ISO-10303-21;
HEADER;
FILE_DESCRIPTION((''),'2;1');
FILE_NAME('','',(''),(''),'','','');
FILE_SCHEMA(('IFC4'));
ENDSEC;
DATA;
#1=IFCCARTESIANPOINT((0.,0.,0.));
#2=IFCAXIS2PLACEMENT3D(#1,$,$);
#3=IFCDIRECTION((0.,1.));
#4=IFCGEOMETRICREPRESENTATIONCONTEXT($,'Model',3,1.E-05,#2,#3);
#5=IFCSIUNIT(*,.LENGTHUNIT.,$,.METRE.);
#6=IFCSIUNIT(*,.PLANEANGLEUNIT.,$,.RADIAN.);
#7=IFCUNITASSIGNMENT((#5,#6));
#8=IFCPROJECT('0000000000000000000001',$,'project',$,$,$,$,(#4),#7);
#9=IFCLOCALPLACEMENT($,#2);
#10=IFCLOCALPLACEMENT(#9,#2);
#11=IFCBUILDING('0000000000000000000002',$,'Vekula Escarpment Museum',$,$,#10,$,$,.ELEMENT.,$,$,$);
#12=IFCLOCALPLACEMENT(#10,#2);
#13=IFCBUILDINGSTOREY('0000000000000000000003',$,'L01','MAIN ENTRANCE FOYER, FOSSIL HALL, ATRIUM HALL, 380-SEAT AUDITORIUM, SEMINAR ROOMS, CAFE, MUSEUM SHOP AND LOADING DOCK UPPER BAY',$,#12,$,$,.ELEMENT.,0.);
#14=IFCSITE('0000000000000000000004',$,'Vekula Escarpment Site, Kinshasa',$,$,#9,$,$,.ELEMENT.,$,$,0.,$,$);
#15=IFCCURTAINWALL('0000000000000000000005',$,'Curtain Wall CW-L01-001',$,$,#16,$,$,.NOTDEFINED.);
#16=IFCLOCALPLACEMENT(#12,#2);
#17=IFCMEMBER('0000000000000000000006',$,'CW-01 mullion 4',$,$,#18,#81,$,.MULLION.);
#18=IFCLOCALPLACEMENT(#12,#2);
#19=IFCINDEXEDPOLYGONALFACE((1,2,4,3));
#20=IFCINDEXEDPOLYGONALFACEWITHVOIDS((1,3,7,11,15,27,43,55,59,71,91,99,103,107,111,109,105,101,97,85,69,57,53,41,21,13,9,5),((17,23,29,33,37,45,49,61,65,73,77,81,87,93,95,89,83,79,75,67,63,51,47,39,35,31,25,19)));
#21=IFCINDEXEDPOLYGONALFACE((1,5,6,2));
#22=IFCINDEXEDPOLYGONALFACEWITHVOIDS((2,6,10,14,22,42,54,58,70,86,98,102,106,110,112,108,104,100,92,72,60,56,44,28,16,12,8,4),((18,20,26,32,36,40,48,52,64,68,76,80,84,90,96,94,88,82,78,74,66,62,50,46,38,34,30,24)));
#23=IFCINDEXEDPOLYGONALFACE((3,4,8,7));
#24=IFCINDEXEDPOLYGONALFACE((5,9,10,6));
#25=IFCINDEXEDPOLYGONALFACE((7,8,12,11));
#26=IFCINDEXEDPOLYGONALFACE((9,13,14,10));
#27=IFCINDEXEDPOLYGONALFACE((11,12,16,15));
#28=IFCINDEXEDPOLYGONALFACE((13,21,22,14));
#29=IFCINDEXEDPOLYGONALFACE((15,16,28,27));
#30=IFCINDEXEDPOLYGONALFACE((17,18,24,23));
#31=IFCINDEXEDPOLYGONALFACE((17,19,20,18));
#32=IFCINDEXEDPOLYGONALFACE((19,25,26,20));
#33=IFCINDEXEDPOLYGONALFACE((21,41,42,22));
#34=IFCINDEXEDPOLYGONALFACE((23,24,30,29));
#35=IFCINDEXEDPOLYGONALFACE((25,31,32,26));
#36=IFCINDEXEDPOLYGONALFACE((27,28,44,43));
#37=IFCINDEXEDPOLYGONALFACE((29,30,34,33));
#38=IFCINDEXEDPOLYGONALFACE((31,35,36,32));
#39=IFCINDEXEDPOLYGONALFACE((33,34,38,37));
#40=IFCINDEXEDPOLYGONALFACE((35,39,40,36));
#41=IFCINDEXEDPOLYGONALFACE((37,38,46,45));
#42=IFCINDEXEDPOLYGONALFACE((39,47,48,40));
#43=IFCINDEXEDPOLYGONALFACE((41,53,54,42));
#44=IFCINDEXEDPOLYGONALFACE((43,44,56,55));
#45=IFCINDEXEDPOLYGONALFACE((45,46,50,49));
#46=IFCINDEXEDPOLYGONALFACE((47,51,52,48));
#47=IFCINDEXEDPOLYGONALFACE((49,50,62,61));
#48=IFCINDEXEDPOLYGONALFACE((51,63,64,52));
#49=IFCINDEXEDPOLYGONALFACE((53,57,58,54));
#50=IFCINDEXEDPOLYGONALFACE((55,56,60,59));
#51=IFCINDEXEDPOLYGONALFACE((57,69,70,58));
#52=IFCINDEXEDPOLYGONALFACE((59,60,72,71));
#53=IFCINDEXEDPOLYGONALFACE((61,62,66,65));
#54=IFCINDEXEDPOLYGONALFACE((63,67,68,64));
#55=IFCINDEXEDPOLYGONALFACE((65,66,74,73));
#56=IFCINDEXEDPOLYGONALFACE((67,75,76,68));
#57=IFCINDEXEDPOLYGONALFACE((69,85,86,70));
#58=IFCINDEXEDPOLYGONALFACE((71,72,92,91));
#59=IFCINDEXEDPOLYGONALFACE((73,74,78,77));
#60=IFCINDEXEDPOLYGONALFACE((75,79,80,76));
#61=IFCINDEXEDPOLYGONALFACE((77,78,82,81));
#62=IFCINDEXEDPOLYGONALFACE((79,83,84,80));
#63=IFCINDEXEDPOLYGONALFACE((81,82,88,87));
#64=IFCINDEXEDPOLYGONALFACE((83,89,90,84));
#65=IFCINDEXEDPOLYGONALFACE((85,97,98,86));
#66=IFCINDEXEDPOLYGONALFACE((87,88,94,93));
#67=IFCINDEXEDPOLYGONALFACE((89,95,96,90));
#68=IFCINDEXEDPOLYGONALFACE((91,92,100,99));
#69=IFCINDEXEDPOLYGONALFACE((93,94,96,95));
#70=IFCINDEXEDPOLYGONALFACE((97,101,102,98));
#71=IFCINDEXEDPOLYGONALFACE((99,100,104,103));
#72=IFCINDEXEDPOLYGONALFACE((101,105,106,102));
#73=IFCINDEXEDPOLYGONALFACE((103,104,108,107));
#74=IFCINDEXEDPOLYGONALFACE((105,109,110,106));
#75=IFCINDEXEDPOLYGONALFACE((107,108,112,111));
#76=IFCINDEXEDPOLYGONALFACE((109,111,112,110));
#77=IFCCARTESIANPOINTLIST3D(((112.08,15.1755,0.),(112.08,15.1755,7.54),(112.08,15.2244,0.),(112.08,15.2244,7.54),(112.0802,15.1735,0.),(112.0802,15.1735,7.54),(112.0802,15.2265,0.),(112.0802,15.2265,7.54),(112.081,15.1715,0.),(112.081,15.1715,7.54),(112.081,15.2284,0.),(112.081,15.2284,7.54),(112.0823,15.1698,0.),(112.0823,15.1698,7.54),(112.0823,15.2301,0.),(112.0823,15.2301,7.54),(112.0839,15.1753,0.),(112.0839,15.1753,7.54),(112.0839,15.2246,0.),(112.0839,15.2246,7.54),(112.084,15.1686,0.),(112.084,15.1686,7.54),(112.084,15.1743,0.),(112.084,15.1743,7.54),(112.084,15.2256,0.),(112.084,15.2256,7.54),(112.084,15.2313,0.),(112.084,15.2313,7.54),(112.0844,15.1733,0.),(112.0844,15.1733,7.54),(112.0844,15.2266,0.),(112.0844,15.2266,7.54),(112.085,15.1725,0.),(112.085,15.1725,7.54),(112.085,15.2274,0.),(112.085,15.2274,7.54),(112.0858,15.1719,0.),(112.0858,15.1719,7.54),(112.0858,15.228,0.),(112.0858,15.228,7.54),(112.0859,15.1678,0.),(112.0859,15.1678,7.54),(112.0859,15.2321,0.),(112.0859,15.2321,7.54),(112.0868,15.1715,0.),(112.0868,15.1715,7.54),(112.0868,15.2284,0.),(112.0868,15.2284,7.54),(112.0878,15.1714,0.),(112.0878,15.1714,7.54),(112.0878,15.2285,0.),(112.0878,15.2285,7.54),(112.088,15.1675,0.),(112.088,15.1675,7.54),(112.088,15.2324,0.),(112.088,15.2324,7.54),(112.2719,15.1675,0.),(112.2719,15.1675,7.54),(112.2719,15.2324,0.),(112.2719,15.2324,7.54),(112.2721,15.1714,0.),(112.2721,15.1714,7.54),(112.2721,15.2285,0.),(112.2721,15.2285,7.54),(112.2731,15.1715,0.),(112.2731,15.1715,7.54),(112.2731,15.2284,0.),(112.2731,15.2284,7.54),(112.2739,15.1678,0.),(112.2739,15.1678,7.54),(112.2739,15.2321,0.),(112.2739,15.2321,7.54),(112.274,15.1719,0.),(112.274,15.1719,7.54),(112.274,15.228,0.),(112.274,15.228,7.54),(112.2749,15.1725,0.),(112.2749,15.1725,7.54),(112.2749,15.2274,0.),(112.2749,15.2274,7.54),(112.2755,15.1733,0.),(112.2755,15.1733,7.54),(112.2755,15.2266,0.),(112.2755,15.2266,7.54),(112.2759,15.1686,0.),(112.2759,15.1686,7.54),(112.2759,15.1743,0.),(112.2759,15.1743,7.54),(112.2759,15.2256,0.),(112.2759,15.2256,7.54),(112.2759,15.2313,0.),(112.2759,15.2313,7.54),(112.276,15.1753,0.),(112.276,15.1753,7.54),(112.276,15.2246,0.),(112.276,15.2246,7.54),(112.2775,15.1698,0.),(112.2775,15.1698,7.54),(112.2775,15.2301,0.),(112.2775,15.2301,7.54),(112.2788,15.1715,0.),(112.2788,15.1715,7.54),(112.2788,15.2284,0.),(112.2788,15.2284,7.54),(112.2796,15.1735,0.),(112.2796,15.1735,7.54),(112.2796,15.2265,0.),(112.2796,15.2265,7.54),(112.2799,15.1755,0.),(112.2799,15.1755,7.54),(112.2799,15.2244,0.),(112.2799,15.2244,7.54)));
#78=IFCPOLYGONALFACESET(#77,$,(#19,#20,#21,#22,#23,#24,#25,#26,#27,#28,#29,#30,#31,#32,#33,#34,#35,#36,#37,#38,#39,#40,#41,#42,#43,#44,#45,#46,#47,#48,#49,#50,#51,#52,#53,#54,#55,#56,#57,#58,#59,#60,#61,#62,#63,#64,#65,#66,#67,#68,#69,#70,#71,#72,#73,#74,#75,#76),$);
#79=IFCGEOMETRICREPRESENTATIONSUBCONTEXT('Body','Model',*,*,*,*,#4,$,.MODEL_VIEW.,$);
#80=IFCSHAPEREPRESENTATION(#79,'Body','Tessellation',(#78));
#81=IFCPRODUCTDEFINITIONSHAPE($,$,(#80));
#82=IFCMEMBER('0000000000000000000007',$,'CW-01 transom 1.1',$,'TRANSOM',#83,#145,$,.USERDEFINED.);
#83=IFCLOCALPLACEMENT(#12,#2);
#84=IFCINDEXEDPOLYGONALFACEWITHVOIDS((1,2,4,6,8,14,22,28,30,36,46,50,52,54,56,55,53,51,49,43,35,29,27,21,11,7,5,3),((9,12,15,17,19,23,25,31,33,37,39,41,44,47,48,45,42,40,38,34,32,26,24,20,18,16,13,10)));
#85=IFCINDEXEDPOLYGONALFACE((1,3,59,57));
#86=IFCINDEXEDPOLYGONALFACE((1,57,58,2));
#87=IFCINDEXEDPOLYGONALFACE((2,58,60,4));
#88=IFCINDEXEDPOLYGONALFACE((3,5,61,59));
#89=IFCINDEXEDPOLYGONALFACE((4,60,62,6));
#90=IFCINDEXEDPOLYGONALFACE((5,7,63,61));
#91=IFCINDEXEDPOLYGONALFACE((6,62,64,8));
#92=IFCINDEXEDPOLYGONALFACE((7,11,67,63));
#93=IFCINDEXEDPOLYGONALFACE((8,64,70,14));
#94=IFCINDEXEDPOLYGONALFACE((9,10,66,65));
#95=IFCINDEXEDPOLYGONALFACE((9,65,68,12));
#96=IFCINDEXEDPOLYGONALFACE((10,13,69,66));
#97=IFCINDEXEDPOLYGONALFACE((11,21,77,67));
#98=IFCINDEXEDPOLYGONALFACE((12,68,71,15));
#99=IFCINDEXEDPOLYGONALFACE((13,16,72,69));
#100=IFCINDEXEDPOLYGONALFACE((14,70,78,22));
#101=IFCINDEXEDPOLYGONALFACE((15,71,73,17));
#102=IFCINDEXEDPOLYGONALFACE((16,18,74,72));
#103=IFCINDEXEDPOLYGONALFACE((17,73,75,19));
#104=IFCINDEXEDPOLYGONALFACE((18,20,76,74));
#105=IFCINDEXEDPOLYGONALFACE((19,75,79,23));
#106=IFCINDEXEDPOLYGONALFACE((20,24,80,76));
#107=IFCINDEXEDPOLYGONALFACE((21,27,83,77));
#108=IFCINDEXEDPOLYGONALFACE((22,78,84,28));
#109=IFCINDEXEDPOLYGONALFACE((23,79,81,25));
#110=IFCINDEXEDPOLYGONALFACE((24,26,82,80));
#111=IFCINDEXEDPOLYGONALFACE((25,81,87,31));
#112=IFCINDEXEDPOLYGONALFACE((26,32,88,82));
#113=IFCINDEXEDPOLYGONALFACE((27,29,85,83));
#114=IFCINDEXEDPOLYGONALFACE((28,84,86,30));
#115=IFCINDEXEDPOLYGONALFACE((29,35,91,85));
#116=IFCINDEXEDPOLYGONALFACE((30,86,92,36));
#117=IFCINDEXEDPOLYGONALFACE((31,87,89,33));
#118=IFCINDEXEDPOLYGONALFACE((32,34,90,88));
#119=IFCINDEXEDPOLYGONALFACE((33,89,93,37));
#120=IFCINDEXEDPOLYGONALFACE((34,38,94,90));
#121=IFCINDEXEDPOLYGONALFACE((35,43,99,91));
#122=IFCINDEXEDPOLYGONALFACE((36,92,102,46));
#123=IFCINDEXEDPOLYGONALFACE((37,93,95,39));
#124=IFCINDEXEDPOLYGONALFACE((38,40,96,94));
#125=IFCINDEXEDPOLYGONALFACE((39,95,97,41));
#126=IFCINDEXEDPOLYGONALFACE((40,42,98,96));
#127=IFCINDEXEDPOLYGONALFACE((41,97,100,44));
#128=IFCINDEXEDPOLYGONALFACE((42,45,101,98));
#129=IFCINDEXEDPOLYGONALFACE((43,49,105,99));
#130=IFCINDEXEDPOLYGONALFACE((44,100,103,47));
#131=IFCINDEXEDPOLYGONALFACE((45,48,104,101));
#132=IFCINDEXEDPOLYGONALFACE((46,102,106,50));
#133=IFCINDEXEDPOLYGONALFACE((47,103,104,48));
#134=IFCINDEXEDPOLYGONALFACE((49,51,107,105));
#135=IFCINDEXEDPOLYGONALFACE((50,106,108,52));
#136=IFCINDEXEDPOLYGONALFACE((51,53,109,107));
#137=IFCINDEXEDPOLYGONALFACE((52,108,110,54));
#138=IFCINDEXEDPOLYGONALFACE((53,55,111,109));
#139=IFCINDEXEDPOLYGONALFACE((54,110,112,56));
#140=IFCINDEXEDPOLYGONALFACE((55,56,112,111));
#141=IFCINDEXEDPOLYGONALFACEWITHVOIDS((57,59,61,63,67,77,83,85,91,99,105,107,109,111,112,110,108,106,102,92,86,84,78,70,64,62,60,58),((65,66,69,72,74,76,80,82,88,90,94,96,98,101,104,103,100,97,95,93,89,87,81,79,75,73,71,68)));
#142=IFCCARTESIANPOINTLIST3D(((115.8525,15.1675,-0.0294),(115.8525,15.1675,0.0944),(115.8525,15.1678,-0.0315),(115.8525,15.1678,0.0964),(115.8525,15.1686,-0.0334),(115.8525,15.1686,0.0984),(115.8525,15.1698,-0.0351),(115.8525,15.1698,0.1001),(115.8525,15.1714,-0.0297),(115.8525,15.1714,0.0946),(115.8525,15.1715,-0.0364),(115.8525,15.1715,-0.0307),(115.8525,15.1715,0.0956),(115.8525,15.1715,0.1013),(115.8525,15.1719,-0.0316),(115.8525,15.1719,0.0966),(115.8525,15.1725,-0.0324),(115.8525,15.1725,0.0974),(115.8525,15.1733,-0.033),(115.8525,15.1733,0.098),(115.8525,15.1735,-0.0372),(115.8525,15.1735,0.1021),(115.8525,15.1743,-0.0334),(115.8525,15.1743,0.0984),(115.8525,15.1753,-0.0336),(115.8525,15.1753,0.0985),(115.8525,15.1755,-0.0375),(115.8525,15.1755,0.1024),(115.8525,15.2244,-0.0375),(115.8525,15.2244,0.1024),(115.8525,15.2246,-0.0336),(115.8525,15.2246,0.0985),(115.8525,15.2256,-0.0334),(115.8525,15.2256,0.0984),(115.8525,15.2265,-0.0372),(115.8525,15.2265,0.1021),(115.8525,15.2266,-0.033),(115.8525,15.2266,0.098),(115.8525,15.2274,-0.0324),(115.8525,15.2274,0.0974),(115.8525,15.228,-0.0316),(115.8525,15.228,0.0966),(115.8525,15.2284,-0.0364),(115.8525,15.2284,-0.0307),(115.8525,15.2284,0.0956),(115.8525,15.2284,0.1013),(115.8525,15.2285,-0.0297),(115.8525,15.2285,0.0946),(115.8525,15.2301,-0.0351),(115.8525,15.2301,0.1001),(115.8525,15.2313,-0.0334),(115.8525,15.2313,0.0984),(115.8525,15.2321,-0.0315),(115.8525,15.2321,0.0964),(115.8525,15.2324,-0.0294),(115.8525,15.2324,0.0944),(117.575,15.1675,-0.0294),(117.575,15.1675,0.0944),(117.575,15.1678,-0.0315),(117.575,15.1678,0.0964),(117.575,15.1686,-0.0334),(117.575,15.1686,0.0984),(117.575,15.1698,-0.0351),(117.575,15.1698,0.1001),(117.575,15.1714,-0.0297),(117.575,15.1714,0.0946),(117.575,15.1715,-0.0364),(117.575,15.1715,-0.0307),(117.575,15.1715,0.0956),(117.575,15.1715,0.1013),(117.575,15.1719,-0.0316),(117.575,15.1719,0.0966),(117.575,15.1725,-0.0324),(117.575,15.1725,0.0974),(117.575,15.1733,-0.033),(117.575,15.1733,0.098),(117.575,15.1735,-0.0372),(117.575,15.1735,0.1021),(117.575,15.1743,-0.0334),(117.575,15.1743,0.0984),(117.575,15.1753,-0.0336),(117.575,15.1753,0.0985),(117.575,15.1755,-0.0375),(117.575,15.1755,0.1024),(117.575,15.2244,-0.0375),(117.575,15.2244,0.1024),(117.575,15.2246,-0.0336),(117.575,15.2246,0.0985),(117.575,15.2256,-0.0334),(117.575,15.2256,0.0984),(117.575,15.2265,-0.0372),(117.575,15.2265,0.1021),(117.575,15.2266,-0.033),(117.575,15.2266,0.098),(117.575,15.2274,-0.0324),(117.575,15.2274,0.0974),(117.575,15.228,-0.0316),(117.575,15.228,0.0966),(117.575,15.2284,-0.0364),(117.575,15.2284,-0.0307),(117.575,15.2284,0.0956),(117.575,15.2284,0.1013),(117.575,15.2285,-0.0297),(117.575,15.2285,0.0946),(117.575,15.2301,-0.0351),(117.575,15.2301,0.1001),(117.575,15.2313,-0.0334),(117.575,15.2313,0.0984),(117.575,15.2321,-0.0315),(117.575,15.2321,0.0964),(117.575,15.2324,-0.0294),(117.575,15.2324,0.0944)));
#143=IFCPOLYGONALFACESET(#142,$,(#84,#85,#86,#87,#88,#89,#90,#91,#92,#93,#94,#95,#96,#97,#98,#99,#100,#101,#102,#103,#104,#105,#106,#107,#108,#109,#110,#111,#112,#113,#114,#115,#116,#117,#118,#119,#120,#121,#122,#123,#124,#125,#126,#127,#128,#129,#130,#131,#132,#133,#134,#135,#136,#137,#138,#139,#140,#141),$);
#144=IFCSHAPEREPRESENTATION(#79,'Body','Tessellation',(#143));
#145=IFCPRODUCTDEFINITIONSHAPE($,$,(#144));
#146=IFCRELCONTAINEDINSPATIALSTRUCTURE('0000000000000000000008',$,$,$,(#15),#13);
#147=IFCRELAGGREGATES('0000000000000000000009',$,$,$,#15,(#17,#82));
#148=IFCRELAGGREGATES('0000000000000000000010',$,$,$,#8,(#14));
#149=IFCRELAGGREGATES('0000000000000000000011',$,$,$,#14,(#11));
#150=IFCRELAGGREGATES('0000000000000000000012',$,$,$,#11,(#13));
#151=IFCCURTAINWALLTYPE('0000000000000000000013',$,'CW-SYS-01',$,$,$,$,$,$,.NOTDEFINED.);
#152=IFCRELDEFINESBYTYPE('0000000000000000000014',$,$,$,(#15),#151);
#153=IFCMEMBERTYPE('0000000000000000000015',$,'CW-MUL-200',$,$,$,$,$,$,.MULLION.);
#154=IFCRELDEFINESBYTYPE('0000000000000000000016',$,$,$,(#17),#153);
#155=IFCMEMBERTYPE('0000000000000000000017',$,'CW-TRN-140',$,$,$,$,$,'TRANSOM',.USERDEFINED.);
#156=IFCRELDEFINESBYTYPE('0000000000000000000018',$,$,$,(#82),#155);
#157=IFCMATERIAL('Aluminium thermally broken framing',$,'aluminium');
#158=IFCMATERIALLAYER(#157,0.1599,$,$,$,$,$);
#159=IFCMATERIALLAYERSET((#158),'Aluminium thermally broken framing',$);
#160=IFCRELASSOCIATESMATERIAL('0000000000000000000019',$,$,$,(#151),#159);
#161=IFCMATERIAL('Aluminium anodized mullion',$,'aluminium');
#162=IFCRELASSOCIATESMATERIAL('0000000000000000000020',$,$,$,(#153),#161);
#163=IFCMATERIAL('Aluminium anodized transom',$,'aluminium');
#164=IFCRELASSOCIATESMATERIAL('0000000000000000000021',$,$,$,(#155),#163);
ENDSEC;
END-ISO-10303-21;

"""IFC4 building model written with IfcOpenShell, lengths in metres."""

from ifc_helpers import new_model, si_unit, direction, frame, origin, origin_2d, place, context, subcontext, project, spatial, hollow_rectangle, extrude, material, layer, layer_set, material_profile, profile_set, type_object, element, aggregate, save


model = new_model("IFC4")

# Units and contexts
model_context = context("Model", 3, precision=1e-05, world=origin(), true_north=direction((0.0, 1.0)))
body_context = subcontext(model_context, "Body", "Model", "MODEL_VIEW")
ifc_project = project(units=[si_unit("LENGTHUNIT", "METRE"), si_unit("PLANEANGLEUNIT", "RADIAN")], contexts=[model_context])

# Site, building, storey
site_placement = place(None, origin())
site = spatial("IfcSite", under=ifc_project, at=site_placement, Name="Vekula Escarpment Site, Kinshasa", CompositionType="ELEMENT", RefElevation=0.0)
building_placement = place(site_placement, origin())
building = spatial("IfcBuilding", under=site, at=building_placement, Name="Vekula Escarpment Museum", CompositionType="ELEMENT")
storey_placement = place(building_placement, origin())
storey = spatial("IfcBuildingStorey", under=building, at=storey_placement, Name="L01", Description="MAIN ENTRANCE FOYER, FOSSIL HALL, ATRIUM HALL, 380-SEAT AUDITORIUM, SEMINAR ROOMS, CAFE, MUSEUM SHOP AND LOADING DOCK UPPER BAY", CompositionType="ELEMENT", Elevation=0.0)

# Curtain wall, members
ifc_material_1 = material(Name="Aluminium thermally broken framing", Category="aluminium")
ifc_layer_1 = layer(ifc_material_1, 0.1599)
ifc_layer_set_1 = layer_set([ifc_layer_1], Name="Aluminium thermally broken framing")
curtain_wall_type = type_object("IfcCurtainWallType", Name="CW-SYS-01", PredefinedType="NOTDEFINED", material=ifc_layer_set_1)
curtain_wall_placement = place(storey_placement, origin())
curtain_wall = element("IfcCurtainWall", 1, at=curtain_wall_placement, inside=storey, type_object=curtain_wall_type, Name="Curtain Wall CW-L01-001", PredefinedType="NOTDEFINED")
ifc_material_2 = material(Name="Aluminium anodized mullion", Category="aluminium")
ifc_material_profile_1 = material_profile(ifc_material_2, hollow_rectangle(XDim=0.0649, YDim=0.2, WallThickness=0.0039, InnerFilletRadius=0.0039, OuterFilletRadius=0.0081, at=origin_2d()), Name="ALU 200x65x4")
ifc_profile_set_1 = profile_set([ifc_material_profile_1], Name="Aluminium anodized mullion")
member_type_1 = type_object("IfcMemberType", Name="CW-MUL-200", PredefinedType="MULLION", material=ifc_profile_set_1)
member_1_placement = place(storey_placement, frame((112.1799, 15.2, 0.0), z_axis=(0.0, 0.0, 1.0), x_axis=(0.0, -1.0, 0.0)))
member_1 = element("IfcMember", 2, at=member_1_placement, type_object=member_type_1, Name="CW-01 mullion 4", PredefinedType="MULLION", context=body_context, shape_type="SweptSolid", body=[
    extrude(hollow_rectangle(XDim=0.0649, YDim=0.2, WallThickness=0.0039, InnerFilletRadius=0.0039, OuterFilletRadius=0.0081, at=origin_2d()), origin(), (0.0, 0.0, 1.0), 7.54),
])
ifc_material_3 = material(Name="Aluminium anodized transom", Category="aluminium")
ifc_material_profile_2 = material_profile(ifc_material_3, hollow_rectangle(XDim=0.0649, YDim=0.1399, WallThickness=0.0039, InnerFilletRadius=0.0039, OuterFilletRadius=0.0081, at=origin_2d()), Name="ALU 140x65x4")
ifc_profile_set_2 = profile_set([ifc_material_profile_2], Name="Aluminium anodized transom")
member_type_2 = type_object("IfcMemberType", Name="CW-TRN-140", ElementType="TRANSOM", PredefinedType="USERDEFINED", material=ifc_profile_set_2)
member_2_placement = place(storey_placement, frame((117.575, 15.2, 0.0325), z_axis=(-1.0, 0.0, 0.0), x_axis=(0.0, -1.0, 0.0)))
member_2 = element("IfcMember", 3, at=member_2_placement, type_object=member_type_2, Name="CW-01 transom 1.1", ObjectType="TRANSOM", PredefinedType="USERDEFINED", context=body_context, shape_type="SweptSolid", body=[
    extrude(hollow_rectangle(XDim=0.0649, YDim=0.1399, WallThickness=0.0039, InnerFilletRadius=0.0039, OuterFilletRadius=0.0081, at=origin_2d()), origin(), (0.0, 0.0, 1.0), 1.7224),
])
aggregate(curtain_wall, [member_1, member_2])

save(model, "model.ifc")
